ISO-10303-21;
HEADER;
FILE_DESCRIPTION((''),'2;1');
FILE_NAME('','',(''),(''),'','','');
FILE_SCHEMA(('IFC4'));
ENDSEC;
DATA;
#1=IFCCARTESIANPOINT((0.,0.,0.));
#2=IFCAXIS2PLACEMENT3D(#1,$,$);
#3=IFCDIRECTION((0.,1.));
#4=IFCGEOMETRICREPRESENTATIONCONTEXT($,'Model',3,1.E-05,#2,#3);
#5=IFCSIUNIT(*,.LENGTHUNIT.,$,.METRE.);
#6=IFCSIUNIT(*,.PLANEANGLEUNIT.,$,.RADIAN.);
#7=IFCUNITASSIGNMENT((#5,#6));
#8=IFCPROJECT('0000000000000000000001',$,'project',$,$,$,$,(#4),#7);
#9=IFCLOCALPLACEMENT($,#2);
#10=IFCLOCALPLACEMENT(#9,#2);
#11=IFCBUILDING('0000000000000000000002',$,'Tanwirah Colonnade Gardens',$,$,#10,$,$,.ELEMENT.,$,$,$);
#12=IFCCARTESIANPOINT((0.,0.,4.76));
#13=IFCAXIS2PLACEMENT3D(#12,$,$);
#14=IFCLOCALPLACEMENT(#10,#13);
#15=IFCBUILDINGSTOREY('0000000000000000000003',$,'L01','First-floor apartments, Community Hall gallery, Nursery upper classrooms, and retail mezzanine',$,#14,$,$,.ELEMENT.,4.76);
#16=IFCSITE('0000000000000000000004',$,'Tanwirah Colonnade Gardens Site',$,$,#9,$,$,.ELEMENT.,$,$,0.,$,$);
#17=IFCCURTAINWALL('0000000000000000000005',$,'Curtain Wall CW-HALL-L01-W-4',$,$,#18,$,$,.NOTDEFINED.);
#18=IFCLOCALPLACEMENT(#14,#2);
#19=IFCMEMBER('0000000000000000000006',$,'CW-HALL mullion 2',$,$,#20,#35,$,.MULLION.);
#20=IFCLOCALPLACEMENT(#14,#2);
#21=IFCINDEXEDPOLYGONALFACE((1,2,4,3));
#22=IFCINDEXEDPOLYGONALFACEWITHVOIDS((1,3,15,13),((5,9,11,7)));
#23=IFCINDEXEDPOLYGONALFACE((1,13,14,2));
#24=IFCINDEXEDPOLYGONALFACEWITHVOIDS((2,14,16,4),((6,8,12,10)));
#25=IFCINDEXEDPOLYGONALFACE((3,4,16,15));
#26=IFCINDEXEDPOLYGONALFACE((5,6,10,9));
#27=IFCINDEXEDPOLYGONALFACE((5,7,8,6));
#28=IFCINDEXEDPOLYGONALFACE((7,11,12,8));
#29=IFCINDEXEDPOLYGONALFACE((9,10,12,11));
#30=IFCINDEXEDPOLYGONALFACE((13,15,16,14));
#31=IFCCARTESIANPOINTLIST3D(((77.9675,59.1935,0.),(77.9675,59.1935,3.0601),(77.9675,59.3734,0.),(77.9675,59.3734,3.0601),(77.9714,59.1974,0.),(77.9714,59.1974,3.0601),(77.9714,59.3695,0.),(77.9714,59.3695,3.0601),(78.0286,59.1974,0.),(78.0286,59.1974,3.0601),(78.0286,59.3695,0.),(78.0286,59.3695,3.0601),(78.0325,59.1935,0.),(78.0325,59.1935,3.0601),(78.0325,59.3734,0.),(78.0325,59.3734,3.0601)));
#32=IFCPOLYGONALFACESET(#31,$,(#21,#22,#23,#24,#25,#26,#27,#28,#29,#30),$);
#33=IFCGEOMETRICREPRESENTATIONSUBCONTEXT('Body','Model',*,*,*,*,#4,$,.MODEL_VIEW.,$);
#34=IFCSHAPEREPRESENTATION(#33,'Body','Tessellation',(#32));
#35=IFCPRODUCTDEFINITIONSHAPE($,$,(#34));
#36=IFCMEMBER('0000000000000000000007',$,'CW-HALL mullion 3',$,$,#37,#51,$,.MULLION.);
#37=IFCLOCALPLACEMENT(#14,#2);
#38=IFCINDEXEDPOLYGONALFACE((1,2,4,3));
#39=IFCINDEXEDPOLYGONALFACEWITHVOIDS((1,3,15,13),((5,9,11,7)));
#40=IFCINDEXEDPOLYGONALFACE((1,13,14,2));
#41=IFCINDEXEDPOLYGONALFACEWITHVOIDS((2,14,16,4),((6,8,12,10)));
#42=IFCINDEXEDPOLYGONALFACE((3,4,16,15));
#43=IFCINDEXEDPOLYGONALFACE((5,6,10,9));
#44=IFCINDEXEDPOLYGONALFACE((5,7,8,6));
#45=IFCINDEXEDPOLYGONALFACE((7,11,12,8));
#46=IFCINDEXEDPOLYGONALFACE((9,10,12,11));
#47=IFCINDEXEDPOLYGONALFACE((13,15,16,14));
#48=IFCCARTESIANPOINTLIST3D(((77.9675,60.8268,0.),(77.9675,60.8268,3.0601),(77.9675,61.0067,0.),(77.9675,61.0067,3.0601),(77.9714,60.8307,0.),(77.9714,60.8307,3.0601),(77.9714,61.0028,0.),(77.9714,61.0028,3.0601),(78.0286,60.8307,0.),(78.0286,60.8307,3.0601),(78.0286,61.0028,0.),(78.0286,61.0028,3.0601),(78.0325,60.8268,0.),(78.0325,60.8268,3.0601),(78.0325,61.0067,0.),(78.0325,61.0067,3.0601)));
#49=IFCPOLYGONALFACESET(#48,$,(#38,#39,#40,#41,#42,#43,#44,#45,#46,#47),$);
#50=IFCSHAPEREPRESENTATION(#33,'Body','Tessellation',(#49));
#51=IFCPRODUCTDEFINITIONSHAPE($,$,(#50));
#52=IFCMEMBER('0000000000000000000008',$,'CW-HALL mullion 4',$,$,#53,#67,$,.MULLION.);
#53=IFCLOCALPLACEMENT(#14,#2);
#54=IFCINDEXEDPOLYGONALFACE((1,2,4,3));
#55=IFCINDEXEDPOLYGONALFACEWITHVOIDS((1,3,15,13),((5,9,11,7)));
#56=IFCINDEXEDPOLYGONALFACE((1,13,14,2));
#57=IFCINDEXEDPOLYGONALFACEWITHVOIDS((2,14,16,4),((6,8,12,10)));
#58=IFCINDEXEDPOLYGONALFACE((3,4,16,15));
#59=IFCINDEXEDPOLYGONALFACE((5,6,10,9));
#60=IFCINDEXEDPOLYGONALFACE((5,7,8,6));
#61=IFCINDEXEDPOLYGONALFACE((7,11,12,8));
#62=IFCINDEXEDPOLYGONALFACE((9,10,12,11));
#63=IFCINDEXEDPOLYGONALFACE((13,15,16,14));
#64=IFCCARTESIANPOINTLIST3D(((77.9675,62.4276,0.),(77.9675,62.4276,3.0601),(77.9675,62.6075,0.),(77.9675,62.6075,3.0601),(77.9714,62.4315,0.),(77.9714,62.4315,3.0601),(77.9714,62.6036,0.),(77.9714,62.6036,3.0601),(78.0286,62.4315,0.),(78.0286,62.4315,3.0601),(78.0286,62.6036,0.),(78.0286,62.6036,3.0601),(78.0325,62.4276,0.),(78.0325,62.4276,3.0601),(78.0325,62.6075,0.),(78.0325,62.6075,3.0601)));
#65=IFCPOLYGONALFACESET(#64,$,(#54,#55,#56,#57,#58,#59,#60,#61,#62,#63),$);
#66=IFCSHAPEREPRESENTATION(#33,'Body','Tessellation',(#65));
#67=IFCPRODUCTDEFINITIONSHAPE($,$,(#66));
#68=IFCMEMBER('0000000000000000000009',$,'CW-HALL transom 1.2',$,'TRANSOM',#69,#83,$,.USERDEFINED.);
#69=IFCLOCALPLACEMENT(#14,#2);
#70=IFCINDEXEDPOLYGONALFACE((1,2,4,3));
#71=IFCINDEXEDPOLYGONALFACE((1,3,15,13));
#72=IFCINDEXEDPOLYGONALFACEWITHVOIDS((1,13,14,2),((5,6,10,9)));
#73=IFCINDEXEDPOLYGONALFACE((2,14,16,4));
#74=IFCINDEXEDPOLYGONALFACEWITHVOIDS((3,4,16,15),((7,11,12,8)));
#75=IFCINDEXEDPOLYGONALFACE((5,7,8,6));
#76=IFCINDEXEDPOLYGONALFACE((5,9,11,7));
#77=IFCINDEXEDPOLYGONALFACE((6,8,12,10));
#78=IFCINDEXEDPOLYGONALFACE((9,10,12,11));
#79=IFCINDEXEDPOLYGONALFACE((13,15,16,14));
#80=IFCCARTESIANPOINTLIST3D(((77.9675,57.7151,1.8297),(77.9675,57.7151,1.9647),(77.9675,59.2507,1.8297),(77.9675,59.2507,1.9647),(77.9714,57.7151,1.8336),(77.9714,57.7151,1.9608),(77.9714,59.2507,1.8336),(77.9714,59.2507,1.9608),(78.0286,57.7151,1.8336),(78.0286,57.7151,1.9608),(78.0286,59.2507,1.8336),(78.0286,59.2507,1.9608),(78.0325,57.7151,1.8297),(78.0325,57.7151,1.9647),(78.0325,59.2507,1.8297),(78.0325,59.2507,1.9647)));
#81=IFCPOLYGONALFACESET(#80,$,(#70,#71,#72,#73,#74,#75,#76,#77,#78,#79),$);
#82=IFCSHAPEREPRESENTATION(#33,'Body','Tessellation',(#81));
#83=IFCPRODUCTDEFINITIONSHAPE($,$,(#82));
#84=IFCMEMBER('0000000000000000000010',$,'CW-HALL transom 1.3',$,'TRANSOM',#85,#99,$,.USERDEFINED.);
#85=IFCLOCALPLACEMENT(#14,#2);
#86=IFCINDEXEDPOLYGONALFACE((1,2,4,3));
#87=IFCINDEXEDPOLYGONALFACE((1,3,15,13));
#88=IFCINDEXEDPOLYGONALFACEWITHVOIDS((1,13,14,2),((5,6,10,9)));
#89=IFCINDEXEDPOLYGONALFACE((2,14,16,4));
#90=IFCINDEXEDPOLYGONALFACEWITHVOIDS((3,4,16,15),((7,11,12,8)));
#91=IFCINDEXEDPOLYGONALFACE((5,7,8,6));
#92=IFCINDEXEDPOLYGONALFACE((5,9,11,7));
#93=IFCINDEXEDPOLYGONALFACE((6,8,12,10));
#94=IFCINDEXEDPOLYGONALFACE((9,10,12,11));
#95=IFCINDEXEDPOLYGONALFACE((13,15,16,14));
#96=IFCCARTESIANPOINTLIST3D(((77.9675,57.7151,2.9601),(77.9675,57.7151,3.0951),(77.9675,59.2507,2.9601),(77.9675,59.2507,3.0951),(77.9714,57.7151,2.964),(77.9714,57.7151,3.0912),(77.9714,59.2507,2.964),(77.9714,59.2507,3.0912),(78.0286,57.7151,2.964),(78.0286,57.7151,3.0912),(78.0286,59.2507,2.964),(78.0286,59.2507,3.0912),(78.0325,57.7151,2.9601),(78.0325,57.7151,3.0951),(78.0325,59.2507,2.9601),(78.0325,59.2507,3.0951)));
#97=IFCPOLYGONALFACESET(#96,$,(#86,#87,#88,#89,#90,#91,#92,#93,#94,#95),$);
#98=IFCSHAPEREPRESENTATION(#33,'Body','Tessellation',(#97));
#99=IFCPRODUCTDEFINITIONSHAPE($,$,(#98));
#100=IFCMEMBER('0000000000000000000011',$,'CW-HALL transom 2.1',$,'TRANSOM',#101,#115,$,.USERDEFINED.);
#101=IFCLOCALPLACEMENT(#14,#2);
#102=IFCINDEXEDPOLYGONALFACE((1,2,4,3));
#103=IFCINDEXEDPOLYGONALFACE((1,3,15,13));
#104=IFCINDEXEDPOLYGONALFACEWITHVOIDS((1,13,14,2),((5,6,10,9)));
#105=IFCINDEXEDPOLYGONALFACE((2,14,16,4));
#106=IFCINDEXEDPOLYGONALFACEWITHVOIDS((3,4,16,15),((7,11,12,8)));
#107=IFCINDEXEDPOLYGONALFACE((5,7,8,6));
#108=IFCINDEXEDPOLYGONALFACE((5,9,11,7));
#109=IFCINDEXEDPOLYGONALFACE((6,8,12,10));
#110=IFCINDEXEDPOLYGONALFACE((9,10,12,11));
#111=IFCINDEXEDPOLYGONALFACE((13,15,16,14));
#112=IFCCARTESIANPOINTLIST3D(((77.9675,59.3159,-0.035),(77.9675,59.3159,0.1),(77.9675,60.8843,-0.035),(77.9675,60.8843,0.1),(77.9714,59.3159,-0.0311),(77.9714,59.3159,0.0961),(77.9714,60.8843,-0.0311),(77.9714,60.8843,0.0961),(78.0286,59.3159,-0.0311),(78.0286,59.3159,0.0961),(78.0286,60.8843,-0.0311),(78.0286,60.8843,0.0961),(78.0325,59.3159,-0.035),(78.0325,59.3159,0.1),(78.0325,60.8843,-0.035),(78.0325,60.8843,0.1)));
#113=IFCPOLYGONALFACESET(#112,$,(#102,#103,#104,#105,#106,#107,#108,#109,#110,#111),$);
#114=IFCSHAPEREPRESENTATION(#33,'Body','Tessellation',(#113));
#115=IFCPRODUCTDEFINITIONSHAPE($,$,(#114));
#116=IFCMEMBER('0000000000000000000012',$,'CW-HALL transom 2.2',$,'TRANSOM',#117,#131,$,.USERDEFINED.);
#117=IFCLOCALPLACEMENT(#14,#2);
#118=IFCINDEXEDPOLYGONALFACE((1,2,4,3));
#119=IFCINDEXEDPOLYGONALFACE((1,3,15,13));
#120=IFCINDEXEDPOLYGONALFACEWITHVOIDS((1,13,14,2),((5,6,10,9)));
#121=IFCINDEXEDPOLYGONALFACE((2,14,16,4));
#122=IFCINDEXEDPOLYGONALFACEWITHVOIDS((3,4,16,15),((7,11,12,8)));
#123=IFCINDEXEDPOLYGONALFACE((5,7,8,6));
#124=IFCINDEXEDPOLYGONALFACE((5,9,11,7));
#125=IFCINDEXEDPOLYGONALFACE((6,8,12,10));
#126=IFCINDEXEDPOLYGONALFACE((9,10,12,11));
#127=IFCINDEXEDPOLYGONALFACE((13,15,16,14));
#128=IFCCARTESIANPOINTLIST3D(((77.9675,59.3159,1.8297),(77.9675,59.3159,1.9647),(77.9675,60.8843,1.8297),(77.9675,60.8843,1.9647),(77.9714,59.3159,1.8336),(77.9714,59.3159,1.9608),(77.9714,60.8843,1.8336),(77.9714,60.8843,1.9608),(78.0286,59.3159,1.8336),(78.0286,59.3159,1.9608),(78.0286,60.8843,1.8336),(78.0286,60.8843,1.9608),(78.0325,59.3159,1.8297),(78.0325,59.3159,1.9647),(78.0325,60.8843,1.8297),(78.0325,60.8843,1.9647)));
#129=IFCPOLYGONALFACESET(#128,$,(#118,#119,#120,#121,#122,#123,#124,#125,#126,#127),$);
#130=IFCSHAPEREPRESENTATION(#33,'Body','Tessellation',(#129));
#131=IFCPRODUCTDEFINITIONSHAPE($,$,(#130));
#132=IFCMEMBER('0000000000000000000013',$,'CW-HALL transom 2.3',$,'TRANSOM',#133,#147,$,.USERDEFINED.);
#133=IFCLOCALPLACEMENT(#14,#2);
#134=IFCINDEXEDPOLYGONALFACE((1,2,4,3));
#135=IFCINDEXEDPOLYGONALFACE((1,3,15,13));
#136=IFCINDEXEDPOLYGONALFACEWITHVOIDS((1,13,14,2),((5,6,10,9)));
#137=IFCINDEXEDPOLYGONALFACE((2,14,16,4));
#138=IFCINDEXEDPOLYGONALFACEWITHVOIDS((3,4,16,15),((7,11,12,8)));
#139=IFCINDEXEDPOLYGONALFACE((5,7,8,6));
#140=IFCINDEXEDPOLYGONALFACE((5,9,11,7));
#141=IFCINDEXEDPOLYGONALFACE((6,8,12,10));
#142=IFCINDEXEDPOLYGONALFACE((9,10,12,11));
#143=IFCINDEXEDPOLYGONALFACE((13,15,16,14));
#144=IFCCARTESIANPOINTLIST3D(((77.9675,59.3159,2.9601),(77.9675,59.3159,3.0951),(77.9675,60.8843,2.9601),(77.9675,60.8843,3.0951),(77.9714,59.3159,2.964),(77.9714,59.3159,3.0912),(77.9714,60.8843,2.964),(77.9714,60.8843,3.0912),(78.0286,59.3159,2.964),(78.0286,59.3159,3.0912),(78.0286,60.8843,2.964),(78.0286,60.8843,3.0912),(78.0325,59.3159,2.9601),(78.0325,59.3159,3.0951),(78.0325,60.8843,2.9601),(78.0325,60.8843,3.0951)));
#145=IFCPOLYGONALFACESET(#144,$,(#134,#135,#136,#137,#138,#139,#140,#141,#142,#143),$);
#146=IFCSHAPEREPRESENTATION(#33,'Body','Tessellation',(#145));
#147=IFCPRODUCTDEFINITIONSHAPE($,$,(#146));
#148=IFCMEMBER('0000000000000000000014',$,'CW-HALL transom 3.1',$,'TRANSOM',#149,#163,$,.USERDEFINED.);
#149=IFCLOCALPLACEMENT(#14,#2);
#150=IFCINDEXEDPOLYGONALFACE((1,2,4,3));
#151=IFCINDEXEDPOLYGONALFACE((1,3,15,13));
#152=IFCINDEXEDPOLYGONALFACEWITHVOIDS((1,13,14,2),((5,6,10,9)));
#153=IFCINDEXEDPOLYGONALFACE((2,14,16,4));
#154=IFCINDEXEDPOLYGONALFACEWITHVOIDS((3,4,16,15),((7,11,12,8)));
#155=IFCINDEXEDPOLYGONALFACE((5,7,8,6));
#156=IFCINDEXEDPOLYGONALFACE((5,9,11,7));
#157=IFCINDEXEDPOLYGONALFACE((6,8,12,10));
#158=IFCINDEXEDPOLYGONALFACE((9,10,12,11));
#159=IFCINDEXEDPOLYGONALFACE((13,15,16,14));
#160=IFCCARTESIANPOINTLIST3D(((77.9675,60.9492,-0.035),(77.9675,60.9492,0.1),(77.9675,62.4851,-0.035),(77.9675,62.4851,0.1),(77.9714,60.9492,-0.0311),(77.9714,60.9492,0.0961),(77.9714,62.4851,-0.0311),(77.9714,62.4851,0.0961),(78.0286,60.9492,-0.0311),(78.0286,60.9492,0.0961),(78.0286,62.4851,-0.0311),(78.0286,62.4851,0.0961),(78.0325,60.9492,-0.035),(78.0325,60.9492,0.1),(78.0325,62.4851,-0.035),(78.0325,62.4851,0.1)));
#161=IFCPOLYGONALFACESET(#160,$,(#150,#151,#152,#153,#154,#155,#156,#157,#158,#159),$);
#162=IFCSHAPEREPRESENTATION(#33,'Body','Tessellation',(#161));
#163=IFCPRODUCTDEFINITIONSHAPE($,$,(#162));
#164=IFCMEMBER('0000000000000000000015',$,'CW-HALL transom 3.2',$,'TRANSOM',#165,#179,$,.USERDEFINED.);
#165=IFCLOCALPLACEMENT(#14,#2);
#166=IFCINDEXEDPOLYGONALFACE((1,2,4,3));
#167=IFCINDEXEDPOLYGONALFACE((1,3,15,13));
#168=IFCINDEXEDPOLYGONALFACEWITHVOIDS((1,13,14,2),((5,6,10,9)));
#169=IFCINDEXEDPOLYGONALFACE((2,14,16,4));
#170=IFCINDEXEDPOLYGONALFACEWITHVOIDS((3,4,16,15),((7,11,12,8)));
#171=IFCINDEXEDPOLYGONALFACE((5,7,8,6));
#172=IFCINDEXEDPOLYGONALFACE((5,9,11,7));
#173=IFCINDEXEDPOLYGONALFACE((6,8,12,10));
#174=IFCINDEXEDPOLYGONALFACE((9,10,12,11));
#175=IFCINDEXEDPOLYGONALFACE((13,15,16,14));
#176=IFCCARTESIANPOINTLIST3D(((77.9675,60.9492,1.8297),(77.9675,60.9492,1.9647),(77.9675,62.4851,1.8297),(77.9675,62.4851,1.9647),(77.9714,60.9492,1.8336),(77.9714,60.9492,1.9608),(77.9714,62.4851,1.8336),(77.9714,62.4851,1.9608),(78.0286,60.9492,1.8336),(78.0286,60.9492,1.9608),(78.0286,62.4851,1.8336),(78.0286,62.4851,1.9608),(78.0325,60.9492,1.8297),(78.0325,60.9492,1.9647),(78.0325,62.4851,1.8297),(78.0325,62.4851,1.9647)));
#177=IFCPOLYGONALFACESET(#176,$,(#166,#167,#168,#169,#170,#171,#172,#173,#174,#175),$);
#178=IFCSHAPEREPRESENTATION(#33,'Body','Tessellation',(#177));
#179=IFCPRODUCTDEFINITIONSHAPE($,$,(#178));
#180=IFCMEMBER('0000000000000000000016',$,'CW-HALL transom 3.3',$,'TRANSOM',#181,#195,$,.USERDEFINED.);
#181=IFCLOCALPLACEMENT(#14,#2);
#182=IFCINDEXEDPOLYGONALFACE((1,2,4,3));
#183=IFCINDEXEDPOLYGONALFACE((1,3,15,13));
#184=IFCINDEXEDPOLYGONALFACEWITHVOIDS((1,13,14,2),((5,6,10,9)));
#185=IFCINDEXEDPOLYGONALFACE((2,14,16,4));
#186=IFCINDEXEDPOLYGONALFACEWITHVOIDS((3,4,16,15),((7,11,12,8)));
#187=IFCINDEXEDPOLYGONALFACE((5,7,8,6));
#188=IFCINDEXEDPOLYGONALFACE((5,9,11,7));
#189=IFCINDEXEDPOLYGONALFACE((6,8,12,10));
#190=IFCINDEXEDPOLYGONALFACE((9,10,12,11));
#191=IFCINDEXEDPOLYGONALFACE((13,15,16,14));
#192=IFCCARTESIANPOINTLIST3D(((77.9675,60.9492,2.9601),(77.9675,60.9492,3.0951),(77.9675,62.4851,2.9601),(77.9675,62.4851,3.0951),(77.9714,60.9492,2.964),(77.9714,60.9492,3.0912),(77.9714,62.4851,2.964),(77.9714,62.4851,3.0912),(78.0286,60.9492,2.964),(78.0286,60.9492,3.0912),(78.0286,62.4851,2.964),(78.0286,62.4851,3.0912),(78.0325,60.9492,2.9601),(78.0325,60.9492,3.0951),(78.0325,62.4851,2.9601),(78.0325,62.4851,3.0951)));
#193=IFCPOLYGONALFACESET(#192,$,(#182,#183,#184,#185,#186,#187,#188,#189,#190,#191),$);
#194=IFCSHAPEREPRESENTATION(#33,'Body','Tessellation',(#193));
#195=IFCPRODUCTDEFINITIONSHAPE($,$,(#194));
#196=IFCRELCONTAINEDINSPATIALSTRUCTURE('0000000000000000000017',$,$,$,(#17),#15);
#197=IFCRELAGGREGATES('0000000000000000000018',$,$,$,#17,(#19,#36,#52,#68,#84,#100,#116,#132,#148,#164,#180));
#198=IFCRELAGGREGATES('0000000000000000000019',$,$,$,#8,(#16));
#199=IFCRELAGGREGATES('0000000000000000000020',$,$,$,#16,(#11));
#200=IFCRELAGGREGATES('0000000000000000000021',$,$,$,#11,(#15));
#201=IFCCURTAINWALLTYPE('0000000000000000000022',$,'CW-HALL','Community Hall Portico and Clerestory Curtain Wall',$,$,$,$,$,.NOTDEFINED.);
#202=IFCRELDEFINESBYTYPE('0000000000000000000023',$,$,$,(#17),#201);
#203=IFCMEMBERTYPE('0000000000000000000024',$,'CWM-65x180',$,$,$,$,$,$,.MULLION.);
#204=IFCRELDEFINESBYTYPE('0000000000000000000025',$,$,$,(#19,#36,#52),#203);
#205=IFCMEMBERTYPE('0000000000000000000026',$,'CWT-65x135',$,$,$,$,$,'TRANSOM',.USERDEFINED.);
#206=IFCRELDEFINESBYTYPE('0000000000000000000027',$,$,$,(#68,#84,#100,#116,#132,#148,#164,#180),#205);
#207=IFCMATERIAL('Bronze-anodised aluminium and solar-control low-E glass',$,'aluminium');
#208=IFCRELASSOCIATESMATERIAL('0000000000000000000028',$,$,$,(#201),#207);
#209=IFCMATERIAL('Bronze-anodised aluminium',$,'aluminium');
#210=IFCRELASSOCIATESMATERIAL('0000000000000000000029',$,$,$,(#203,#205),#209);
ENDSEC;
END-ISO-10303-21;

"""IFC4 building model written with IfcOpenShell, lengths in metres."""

from ifc_helpers import new_model, si_unit, direction, frame, origin, origin_2d, place, context, subcontext, project, spatial, hollow_rectangle, extrude, material, material_profile, profile_set, type_object, element, aggregate, save


model = new_model("IFC4")

# Units and contexts
model_context = context("Model", 3, precision=1e-05, world=origin(), true_north=direction((0.0, 1.0)))
body_context = subcontext(model_context, "Body", "Model", "MODEL_VIEW")
ifc_project = project(units=[si_unit("LENGTHUNIT", "METRE"), si_unit("PLANEANGLEUNIT", "RADIAN")], contexts=[model_context])

# Site, building, storey
site_placement = place(None, origin())
site = spatial("IfcSite", under=ifc_project, at=site_placement, Name="Tanwirah Colonnade Gardens Site", CompositionType="ELEMENT", RefElevation=0.0)
building_placement = place(site_placement, origin())
building = spatial("IfcBuilding", under=site, at=building_placement, Name="Tanwirah Colonnade Gardens", CompositionType="ELEMENT")
storey_placement = place(building_placement, frame((0.0, 0.0, 4.76)))
storey = spatial("IfcBuildingStorey", under=building, at=storey_placement, Name="L01", Description="First-floor apartments, Community Hall gallery, Nursery upper classrooms, and retail mezzanine", CompositionType="ELEMENT", Elevation=4.76)

# Curtain wall, members
ifc_material_1 = material(Name="Bronze-anodised aluminium and solar-control low-E glass", Category="aluminium")
curtain_wall_type = type_object("IfcCurtainWallType", Name="CW-HALL", Description="Community Hall Portico and Clerestory Curtain Wall", PredefinedType="NOTDEFINED", material=ifc_material_1)
curtain_wall_placement = place(storey_placement, origin())
curtain_wall = element("IfcCurtainWall", 1, at=curtain_wall_placement, inside=storey, type_object=curtain_wall_type, Name="Curtain Wall CW-HALL-L01-W-4", PredefinedType="NOTDEFINED")
ifc_material_2 = material(Name="Bronze-anodised aluminium", Category="aluminium")
ifc_material_profile_1 = material_profile(ifc_material_2, hollow_rectangle(XDim=0.0649, YDim=0.1799, WallThickness=0.0039, at=origin_2d()), Name="CW-MUL 65x180x4")
ifc_profile_set_1 = profile_set([ifc_material_profile_1], Name="Bronze-anodised aluminium")
member_type_1 = type_object("IfcMemberType", Name="CWM-65x180", PredefinedType="MULLION", material=ifc_profile_set_1)
member_1_placement = place(storey_placement, frame((78.0, 59.2834, 0.0), z_axis=(0.0, 0.0, 1.0), x_axis=(-1.0, 0.0, 0.0)))
member_1 = element("IfcMember", 2, at=member_1_placement, type_object=member_type_1, Name="CW-HALL mullion 2", PredefinedType="MULLION", context=body_context, shape_type="SweptSolid", body=[
    extrude(hollow_rectangle(XDim=0.0649, YDim=0.1799, WallThickness=0.0039, at=origin_2d()), origin(), (0.0, 0.0, 1.0), 3.0601),
])
member_2_placement = place(storey_placement, frame((78.0, 60.9167, 0.0), z_axis=(0.0, 0.0, 1.0), x_axis=(-1.0, 0.0, 0.0)))
member_2 = element("IfcMember", 3, at=member_2_placement, type_object=member_type_1, Name="CW-HALL mullion 3", PredefinedType="MULLION", context=body_context, shape_type="SweptSolid", body=[
    extrude(hollow_rectangle(XDim=0.0649, YDim=0.1799, WallThickness=0.0039, at=origin_2d()), origin(), (0.0, 0.0, 1.0), 3.0601),
])
member_3_placement = place(storey_placement, frame((78.0, 62.5176, 0.0), z_axis=(0.0, 0.0, 1.0), x_axis=(-1.0, 0.0, 0.0)))
member_3 = element("IfcMember", 4, at=member_3_placement, type_object=member_type_1, Name="CW-HALL mullion 4", PredefinedType="MULLION", context=body_context, shape_type="SweptSolid", body=[
    extrude(hollow_rectangle(XDim=0.0649, YDim=0.1799, WallThickness=0.0039, at=origin_2d()), origin(), (0.0, 0.0, 1.0), 3.0601),
])
ifc_material_profile_2 = material_profile(ifc_material_2, hollow_rectangle(XDim=0.0649, YDim=0.135, WallThickness=0.0039, at=origin_2d()), Name="CW-TRN 65x135x4")
ifc_profile_set_2 = profile_set([ifc_material_profile_2], Name="Bronze-anodised aluminium")
member_type_2 = type_object("IfcMemberType", Name="CWT-65x135", ElementType="TRANSOM", PredefinedType="USERDEFINED", material=ifc_profile_set_2)
member_4_placement = place(storey_placement, frame((78.0, 57.7151, 1.8972), z_axis=(0.0, 1.0, 0.0), x_axis=(-1.0, 0.0, 0.0)))
member_4 = element("IfcMember", 5, at=member_4_placement, type_object=member_type_2, Name="CW-HALL transom 1.2", ObjectType="TRANSOM", PredefinedType="USERDEFINED", context=body_context, shape_type="SweptSolid", body=[
    extrude(hollow_rectangle(XDim=0.0649, YDim=0.135, WallThickness=0.0039, at=origin_2d()), origin(), (0.0, 0.0, 1.0), 1.5356),
])
member_5_placement = place(storey_placement, frame((78.0, 57.7151, 3.0276), z_axis=(0.0, 1.0, 0.0), x_axis=(-1.0, 0.0, 0.0)))
member_5 = element("IfcMember", 6, at=member_5_placement, type_object=member_type_2, Name="CW-HALL transom 1.3", ObjectType="TRANSOM", PredefinedType="USERDEFINED", context=body_context, shape_type="SweptSolid", body=[
    extrude(hollow_rectangle(XDim=0.0649, YDim=0.135, WallThickness=0.0039, at=origin_2d()), origin(), (0.0, 0.0, 1.0), 1.5356),
])
member_6_placement = place(storey_placement, frame((78.0, 59.3159, 0.0325), z_axis=(0.0, 1.0, 0.0), x_axis=(-1.0, 0.0, 0.0)))
member_6 = element("IfcMember", 7, at=member_6_placement, type_object=member_type_2, Name="CW-HALL transom 2.1", ObjectType="TRANSOM", PredefinedType="USERDEFINED", context=body_context, shape_type="SweptSolid", body=[
    extrude(hollow_rectangle(XDim=0.0649, YDim=0.135, WallThickness=0.0039, at=origin_2d()), origin(), (0.0, 0.0, 1.0), 1.5684),
])
member_7_placement = place(storey_placement, frame((78.0, 59.3159, 1.8972), z_axis=(0.0, 1.0, 0.0), x_axis=(-1.0, 0.0, 0.0)))
member_7 = element("IfcMember", 8, at=member_7_placement, type_object=member_type_2, Name="CW-HALL transom 2.2", ObjectType="TRANSOM", PredefinedType="USERDEFINED", context=body_context, shape_type="SweptSolid", body=[
    extrude(hollow_rectangle(XDim=0.0649, YDim=0.135, WallThickness=0.0039, at=origin_2d()), origin(), (0.0, 0.0, 1.0), 1.5684),
])
member_8_placement = place(storey_placement, frame((78.0, 59.3159, 3.0276), z_axis=(0.0, 1.0, 0.0), x_axis=(-1.0, 0.0, 0.0)))
member_8 = element("IfcMember", 9, at=member_8_placement, type_object=member_type_2, Name="CW-HALL transom 2.3", ObjectType="TRANSOM", PredefinedType="USERDEFINED", context=body_context, shape_type="SweptSolid", body=[
    extrude(hollow_rectangle(XDim=0.0649, YDim=0.135, WallThickness=0.0039, at=origin_2d()), origin(), (0.0, 0.0, 1.0), 1.5684),
])
member_9_placement = place(storey_placement, frame((78.0, 60.9492, 0.0325), z_axis=(0.0, 1.0, 0.0), x_axis=(-1.0, 0.0, 0.0)))
member_9 = element("IfcMember", 10, at=member_9_placement, type_object=member_type_2, Name="CW-HALL transom 3.1", ObjectType="TRANSOM", PredefinedType="USERDEFINED", context=body_context, shape_type="SweptSolid", body=[
    extrude(hollow_rectangle(XDim=0.0649, YDim=0.135, WallThickness=0.0039, at=origin_2d()), origin(), (0.0, 0.0, 1.0), 1.5359),
])
member_10_placement = place(storey_placement, frame((78.0, 60.9492, 1.8972), z_axis=(0.0, 1.0, 0.0), x_axis=(-1.0, 0.0, 0.0)))
member_10 = element("IfcMember", 11, at=member_10_placement, type_object=member_type_2, Name="CW-HALL transom 3.2", ObjectType="TRANSOM", PredefinedType="USERDEFINED", context=body_context, shape_type="SweptSolid", body=[
    extrude(hollow_rectangle(XDim=0.0649, YDim=0.135, WallThickness=0.0039, at=origin_2d()), origin(), (0.0, 0.0, 1.0), 1.5359),
])
member_11_placement = place(storey_placement, frame((78.0, 60.9492, 3.0276), z_axis=(0.0, 1.0, 0.0), x_axis=(-1.0, 0.0, 0.0)))
member_11 = element("IfcMember", 12, at=member_11_placement, type_object=member_type_2, Name="CW-HALL transom 3.3", ObjectType="TRANSOM", PredefinedType="USERDEFINED", context=body_context, shape_type="SweptSolid", body=[
    extrude(hollow_rectangle(XDim=0.0649, YDim=0.135, WallThickness=0.0039, at=origin_2d()), origin(), (0.0, 0.0, 1.0), 1.5359),
])
aggregate(curtain_wall, [member_1, member_2, member_3, member_4, member_5, member_6, member_7, member_8, member_9, member_10, member_11])

save(model, "model.ifc")
